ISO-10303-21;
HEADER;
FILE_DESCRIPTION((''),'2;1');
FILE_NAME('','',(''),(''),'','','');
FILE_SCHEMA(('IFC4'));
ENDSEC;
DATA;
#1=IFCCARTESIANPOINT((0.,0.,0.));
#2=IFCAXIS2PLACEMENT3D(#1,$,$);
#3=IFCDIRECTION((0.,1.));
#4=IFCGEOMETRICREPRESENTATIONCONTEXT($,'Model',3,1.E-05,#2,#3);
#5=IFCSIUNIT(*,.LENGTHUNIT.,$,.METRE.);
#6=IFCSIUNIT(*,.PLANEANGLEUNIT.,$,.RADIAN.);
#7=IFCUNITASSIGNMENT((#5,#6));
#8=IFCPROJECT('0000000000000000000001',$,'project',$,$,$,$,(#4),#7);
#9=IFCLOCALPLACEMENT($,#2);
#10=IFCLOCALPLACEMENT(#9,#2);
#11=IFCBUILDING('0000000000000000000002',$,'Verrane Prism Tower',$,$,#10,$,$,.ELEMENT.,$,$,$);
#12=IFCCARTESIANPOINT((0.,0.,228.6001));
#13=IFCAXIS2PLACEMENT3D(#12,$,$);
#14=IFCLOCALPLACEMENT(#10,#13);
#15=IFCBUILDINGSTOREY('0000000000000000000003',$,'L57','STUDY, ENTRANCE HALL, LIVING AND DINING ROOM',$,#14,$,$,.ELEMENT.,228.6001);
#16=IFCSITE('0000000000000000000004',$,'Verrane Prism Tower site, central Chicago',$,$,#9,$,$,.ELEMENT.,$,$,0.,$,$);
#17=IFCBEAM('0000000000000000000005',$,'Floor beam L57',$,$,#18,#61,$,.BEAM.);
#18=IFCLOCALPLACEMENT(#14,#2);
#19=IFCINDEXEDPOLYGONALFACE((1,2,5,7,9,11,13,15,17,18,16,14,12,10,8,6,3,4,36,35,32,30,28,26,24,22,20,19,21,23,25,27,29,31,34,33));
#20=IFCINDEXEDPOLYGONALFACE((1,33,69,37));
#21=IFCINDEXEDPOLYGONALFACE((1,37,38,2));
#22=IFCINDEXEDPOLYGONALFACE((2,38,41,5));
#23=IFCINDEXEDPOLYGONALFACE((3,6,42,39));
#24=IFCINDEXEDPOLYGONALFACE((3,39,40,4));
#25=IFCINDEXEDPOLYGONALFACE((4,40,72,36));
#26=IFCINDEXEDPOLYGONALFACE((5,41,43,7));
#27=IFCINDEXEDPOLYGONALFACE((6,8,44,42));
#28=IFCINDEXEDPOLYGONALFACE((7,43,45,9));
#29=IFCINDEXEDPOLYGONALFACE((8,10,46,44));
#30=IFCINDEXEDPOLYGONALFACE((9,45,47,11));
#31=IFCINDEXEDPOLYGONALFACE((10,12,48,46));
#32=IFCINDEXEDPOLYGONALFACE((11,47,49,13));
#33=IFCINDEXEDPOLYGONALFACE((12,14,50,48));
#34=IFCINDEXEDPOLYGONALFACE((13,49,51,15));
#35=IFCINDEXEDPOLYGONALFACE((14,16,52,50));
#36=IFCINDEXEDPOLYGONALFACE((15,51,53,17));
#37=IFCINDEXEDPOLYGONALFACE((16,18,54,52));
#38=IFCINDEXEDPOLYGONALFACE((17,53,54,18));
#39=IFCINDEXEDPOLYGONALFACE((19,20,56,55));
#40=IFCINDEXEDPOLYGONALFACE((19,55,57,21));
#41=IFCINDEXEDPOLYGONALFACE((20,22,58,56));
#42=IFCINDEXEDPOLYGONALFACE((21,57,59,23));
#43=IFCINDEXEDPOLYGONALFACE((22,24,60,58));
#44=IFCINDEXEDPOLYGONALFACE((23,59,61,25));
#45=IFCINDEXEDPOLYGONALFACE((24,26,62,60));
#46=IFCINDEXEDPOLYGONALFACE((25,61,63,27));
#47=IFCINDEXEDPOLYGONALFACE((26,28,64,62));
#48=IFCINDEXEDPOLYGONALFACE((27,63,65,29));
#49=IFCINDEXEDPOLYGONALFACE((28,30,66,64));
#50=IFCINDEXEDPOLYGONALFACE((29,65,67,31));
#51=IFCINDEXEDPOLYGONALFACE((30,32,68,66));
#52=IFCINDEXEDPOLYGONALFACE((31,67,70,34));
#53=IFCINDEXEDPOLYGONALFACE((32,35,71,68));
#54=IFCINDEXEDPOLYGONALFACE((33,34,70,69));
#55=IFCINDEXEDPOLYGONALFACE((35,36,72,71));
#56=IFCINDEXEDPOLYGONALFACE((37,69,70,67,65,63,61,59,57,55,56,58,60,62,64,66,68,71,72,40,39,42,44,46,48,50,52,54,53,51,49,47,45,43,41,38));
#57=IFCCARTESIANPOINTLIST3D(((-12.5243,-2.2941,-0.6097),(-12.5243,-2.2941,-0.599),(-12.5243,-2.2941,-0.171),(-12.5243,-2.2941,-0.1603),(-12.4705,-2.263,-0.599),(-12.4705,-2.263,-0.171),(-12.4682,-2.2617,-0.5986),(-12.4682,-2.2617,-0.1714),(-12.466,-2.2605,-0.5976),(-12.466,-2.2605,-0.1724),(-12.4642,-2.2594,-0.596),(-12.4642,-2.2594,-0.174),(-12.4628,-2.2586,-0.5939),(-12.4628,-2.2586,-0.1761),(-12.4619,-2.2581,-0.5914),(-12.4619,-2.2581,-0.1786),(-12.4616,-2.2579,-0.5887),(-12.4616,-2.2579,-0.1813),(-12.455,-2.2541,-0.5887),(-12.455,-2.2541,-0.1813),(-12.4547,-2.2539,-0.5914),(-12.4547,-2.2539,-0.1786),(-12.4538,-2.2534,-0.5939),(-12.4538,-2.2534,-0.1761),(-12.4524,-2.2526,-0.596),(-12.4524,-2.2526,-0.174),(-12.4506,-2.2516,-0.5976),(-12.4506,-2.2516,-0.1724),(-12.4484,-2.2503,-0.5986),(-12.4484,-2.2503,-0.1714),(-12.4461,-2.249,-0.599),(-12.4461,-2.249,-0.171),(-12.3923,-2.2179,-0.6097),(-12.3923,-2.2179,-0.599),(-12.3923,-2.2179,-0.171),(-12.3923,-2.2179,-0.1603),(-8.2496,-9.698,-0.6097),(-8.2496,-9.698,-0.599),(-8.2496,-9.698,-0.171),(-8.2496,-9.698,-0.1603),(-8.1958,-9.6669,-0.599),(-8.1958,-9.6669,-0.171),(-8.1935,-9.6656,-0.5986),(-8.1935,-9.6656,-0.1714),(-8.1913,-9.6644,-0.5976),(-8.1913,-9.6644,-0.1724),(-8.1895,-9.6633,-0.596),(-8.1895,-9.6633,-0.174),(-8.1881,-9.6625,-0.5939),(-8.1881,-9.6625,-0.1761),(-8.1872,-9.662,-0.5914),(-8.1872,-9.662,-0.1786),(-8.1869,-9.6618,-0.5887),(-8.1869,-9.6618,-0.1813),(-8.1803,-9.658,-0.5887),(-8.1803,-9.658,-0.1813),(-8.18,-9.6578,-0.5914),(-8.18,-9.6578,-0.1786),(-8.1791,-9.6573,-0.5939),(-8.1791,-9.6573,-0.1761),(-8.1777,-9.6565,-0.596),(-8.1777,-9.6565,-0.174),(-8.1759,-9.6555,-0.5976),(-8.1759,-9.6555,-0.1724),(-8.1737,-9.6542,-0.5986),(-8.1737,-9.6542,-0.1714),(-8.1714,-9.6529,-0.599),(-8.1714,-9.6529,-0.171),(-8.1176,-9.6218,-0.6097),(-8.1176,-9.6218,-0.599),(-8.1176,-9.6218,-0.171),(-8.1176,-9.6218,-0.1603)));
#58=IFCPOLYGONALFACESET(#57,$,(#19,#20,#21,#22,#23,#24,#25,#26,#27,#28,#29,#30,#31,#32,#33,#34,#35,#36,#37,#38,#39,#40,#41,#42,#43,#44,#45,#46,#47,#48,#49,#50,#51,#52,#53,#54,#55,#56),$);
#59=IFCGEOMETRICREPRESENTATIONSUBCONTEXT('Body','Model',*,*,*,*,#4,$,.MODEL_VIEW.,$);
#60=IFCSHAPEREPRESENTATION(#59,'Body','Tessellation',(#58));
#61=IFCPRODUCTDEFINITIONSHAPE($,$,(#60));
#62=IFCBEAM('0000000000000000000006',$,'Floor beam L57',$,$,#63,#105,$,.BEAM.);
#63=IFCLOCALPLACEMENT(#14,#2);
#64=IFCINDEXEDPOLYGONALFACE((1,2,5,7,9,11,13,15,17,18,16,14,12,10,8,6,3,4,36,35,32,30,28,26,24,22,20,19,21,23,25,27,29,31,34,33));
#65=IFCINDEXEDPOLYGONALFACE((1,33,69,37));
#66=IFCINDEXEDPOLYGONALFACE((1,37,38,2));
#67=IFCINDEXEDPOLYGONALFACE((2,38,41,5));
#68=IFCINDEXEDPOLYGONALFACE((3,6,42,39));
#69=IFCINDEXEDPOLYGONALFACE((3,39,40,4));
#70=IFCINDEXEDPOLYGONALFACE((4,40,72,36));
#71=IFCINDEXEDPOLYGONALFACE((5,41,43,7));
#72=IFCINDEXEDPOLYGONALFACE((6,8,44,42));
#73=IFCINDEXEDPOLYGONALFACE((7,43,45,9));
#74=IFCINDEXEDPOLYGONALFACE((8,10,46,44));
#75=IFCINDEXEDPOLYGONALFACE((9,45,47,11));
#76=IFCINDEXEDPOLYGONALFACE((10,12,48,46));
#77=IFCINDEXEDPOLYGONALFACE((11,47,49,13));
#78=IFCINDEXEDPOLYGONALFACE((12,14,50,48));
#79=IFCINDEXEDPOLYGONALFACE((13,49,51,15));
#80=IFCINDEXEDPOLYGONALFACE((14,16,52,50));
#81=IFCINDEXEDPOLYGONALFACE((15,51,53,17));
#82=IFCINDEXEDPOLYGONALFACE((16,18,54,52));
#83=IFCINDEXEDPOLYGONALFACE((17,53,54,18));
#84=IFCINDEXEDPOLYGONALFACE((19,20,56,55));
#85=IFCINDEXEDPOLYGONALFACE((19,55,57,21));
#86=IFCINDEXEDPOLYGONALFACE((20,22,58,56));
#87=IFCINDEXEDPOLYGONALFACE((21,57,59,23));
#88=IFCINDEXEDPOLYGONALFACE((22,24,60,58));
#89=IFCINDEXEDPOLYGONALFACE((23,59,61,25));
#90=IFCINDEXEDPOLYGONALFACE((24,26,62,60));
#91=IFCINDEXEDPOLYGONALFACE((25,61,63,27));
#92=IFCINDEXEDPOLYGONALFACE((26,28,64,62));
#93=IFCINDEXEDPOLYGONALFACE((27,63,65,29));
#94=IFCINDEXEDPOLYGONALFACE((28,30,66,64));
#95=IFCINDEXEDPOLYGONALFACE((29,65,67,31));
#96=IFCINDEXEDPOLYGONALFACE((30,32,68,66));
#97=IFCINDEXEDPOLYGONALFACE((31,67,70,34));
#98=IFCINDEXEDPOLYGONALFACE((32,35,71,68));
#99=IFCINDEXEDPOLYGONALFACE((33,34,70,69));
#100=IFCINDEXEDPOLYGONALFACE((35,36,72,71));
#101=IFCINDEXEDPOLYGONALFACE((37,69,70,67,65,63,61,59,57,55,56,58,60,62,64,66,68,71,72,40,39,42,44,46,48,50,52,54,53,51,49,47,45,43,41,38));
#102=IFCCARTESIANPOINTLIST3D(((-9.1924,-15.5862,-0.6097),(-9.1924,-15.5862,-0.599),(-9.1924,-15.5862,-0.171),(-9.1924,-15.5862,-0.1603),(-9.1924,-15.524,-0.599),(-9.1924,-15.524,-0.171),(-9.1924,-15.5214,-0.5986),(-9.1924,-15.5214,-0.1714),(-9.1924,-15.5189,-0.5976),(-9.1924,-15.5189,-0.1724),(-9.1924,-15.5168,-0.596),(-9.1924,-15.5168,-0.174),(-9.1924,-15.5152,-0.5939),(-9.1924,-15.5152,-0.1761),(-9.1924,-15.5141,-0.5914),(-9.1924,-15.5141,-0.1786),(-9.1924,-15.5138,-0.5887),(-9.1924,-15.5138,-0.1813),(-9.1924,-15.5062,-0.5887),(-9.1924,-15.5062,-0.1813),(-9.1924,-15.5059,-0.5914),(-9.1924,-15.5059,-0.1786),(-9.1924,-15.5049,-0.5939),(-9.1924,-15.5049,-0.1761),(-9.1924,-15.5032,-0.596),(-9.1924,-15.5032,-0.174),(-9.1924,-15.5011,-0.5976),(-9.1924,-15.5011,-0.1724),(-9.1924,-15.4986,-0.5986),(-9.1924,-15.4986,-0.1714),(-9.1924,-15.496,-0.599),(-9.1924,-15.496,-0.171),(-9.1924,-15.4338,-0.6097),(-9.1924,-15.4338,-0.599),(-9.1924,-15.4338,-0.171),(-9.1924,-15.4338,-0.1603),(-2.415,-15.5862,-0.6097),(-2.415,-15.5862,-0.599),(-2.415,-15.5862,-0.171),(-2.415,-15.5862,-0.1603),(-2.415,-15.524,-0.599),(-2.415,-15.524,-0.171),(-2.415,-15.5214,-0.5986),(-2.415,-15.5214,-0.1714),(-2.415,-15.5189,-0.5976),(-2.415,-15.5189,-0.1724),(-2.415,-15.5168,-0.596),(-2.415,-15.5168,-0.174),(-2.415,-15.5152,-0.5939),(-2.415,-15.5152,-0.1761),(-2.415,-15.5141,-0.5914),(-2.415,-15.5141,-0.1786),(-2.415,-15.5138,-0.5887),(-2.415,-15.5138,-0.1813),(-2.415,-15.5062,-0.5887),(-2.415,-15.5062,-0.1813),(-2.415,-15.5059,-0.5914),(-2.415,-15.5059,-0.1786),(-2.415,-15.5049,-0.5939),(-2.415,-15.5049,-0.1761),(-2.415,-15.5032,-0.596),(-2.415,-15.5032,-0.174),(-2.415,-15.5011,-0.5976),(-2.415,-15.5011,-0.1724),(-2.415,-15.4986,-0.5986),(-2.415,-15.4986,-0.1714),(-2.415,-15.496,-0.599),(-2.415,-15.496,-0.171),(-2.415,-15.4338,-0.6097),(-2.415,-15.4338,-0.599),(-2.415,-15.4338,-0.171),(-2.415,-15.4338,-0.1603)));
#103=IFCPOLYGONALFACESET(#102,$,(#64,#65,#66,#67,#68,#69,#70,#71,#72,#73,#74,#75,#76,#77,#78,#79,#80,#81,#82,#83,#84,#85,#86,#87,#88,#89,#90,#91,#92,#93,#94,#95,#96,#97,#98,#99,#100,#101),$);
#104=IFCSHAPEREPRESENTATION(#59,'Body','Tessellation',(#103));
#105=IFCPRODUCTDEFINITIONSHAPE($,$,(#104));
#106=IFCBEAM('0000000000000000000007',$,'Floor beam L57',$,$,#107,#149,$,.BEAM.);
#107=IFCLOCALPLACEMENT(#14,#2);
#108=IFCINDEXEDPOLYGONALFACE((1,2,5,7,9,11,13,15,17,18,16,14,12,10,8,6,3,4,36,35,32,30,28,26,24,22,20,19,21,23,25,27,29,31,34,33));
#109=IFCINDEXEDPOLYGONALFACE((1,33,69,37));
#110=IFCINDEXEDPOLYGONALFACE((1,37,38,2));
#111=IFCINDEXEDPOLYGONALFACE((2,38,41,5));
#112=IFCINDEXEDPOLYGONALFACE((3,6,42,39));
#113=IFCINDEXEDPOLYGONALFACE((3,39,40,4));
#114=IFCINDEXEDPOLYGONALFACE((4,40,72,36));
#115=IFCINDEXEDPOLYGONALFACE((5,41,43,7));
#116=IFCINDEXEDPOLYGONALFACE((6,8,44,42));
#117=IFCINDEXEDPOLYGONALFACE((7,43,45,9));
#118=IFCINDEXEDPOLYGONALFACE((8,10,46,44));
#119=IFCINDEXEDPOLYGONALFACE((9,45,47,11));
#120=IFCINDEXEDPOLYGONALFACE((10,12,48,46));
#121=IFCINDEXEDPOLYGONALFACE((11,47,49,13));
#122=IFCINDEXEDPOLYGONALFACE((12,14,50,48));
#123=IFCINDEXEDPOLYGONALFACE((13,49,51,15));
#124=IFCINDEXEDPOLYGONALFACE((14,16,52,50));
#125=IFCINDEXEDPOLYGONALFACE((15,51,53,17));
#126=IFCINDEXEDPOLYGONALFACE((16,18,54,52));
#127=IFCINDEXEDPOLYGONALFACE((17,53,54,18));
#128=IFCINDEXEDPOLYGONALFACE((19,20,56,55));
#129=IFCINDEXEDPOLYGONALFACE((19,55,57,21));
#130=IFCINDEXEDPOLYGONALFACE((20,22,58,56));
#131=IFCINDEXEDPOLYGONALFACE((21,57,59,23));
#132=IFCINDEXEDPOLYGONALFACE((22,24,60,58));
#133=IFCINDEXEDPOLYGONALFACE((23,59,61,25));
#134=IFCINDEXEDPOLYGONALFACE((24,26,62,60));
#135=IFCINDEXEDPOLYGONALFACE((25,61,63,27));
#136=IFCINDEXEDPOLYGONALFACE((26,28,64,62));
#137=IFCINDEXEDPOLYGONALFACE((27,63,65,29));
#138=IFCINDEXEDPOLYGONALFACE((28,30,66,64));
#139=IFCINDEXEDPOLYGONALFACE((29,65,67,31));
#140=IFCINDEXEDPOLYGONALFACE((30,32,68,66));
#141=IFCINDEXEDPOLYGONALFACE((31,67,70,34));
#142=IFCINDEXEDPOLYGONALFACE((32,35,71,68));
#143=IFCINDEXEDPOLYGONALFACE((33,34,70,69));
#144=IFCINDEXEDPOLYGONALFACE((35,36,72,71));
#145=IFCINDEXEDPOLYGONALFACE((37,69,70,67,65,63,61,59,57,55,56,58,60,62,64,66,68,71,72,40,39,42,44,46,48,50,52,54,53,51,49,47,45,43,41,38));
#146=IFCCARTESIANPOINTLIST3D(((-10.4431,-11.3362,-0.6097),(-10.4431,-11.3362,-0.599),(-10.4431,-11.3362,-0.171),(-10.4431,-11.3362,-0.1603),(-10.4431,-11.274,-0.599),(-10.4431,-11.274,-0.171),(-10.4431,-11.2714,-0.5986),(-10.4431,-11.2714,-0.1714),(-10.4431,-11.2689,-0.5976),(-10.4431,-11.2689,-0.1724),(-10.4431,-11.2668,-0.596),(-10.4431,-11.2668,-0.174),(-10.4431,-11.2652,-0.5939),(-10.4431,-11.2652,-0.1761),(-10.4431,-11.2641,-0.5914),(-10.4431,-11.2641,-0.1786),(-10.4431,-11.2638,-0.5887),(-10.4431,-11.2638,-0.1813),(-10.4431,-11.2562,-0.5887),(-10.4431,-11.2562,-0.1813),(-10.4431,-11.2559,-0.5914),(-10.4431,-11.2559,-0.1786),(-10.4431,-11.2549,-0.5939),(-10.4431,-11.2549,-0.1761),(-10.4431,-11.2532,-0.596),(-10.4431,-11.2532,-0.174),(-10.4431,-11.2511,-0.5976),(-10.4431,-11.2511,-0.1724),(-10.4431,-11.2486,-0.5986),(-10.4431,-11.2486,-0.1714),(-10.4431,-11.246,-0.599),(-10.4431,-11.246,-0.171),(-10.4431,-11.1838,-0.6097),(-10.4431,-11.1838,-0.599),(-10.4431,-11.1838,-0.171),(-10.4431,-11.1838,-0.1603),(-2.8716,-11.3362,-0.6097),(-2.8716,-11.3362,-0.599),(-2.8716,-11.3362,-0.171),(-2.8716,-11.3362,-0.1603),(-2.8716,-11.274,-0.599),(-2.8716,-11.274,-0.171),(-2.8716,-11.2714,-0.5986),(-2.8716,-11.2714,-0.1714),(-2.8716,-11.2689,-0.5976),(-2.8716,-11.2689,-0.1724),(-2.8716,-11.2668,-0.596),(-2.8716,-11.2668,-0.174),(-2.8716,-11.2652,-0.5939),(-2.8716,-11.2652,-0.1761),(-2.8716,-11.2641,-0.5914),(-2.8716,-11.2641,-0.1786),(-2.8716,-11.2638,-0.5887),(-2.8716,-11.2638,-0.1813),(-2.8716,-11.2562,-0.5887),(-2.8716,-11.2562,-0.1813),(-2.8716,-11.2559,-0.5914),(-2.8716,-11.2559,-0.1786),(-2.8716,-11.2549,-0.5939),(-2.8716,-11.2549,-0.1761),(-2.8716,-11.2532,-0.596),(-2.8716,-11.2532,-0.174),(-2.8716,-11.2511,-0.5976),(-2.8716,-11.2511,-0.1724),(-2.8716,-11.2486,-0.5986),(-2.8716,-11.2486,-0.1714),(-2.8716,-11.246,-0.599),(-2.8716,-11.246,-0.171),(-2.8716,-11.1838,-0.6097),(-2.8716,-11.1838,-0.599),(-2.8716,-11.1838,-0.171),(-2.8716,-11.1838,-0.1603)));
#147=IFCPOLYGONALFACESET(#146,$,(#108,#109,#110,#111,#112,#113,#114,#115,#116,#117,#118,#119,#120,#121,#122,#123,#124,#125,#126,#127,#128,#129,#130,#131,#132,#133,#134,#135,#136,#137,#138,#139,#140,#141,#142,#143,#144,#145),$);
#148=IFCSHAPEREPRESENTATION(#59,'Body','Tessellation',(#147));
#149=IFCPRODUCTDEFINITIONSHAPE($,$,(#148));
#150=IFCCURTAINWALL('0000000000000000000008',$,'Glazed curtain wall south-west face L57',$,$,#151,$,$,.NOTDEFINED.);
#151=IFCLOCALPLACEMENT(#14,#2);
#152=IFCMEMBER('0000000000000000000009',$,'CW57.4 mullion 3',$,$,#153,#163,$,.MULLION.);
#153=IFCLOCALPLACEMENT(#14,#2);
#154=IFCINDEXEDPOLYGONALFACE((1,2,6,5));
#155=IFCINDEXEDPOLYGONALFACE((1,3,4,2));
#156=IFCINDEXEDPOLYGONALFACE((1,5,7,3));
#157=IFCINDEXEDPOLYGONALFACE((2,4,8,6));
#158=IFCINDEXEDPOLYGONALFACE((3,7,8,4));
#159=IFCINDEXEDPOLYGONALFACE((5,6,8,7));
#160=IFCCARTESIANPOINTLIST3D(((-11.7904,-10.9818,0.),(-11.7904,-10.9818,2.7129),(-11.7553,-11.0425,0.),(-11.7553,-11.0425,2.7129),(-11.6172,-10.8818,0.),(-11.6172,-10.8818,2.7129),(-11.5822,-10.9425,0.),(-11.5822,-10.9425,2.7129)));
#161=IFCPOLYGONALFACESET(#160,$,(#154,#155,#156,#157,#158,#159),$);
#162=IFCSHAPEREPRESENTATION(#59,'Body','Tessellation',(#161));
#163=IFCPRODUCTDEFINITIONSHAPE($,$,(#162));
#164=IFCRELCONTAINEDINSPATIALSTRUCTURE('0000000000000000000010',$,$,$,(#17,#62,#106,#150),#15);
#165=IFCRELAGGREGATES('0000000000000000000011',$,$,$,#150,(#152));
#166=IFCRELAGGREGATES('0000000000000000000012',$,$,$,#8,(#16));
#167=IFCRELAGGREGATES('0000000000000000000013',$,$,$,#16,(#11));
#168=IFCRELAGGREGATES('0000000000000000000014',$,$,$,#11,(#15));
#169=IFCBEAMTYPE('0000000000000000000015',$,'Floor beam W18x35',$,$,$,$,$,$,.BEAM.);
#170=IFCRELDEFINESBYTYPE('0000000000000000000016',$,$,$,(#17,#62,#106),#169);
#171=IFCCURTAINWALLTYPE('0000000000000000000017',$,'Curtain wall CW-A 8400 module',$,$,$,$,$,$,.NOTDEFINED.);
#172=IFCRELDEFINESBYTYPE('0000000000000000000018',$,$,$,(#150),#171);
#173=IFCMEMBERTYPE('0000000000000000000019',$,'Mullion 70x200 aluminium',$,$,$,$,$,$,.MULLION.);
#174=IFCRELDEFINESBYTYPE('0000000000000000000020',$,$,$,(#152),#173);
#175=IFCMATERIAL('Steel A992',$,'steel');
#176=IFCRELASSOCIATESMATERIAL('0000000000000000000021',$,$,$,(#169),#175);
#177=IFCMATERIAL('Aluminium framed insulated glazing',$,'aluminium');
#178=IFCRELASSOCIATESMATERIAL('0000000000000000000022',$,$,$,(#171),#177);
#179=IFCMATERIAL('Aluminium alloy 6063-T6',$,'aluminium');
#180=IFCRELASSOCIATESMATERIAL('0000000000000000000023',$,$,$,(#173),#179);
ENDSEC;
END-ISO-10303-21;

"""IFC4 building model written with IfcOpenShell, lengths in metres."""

from ifc_helpers import new_model, si_unit, direction, frame, origin, origin_2d, place, context, subcontext, project, spatial, rectangle, i_section, extrude, material, material_profile, profile_set, type_object, element, aggregate, save


model = new_model("IFC4")

# Units and contexts
model_context = context("Model", 3, precision=1e-05, world=origin(), true_north=direction((0.0, 1.0)))
body_context = subcontext(model_context, "Body", "Model", "MODEL_VIEW")
ifc_project = project(units=[si_unit("LENGTHUNIT", "METRE"), si_unit("PLANEANGLEUNIT", "RADIAN")], contexts=[model_context])

# Site, building, storey
site_placement = place(None, origin())
site = spatial("IfcSite", under=ifc_project, at=site_placement, Name="Verrane Prism Tower site, central Chicago", CompositionType="ELEMENT", RefElevation=0.0)
building_placement = place(site_placement, origin())
building = spatial("IfcBuilding", under=site, at=building_placement, Name="Verrane Prism Tower", CompositionType="ELEMENT")
storey_placement = place(building_placement, frame((0.0, 0.0, 228.6001)))
storey = spatial("IfcBuildingStorey", under=building, at=storey_placement, Name="L57", Description="STUDY, ENTRANCE HALL, LIVING AND DINING ROOM", CompositionType="ELEMENT", Elevation=228.6001)

# Beams
ifc_material_1 = material(Name="Steel A992", Category="steel")
ifc_material_profile_1 = material_profile(ifc_material_1, i_section(OverallWidth=0.1523, OverallDepth=0.4495, WebThickness=0.0076, FlangeThickness=0.0107, FilletRadius=0.0103, at=origin_2d()), Name="W18x35")
ifc_profile_set_1 = profile_set([ifc_material_profile_1], Name="Steel A992")
beam_type_1 = type_object("IfcBeamType", Name="Floor beam W18x35", PredefinedType="BEAM", material=ifc_profile_set_1)
beam_1_placement = place(storey_placement, frame((-8.1836, -9.6599, -0.385), z_axis=(-0.500006, 0.866022, 0.0), x_axis=(-0.866022, -0.500006, 0.0)))
element("IfcBeam", 1, at=beam_1_placement, inside=storey, type_object=beam_type_1, Name="Floor beam L57", PredefinedType="BEAM", context=body_context, shape_type="SweptSolid", body=[
    extrude(i_section(OverallWidth=0.1523, OverallDepth=0.4495, WebThickness=0.0076, FlangeThickness=0.0107, FilletRadius=0.0103, at=origin_2d()), origin(), (0.0, 0.0, 1.0), 8.5493),
])
beam_2_placement = place(storey_placement, frame((-9.1924, -15.51, -0.385), z_axis=(1.0, 0.0, 0.0), x_axis=(0.0, 1.0, 0.0)))
element("IfcBeam", 2, at=beam_2_placement, inside=storey, type_object=beam_type_1, Name="Floor beam L57", PredefinedType="BEAM", context=body_context, shape_type="SweptSolid", body=[
    extrude(i_section(OverallWidth=0.1523, OverallDepth=0.4495, WebThickness=0.0076, FlangeThickness=0.0107, FilletRadius=0.0103, at=origin_2d()), origin(), (0.0, 0.0, 1.0), 6.7773),
])
beam_3_placement = place(storey_placement, frame((-10.4431, -11.26, -0.385), z_axis=(1.0, 0.0, 0.0), x_axis=(0.0, 1.0, 0.0)))
element("IfcBeam", 3, at=beam_3_placement, inside=storey, type_object=beam_type_1, Name="Floor beam L57", PredefinedType="BEAM", context=body_context, shape_type="SweptSolid", body=[
    extrude(i_section(OverallWidth=0.1523, OverallDepth=0.4495, WebThickness=0.0076, FlangeThickness=0.0107, FilletRadius=0.0103, at=origin_2d()), origin(), (0.0, 0.0, 1.0), 7.5715),
])

# Curtain wall, member
ifc_material_2 = material(Name="Aluminium framed insulated glazing", Category="aluminium")
curtain_wall_type = type_object("IfcCurtainWallType", Name="Curtain wall CW-A 8400 module", PredefinedType="NOTDEFINED", material=ifc_material_2)
curtain_wall_placement = place(storey_placement, origin())
curtain_wall = element("IfcCurtainWall", 4, at=curtain_wall_placement, inside=storey, type_object=curtain_wall_type, Name="Glazed curtain wall south-west face L57", PredefinedType="NOTDEFINED")
ifc_material_3 = material(Name="Aluminium alloy 6063-T6", Category="aluminium")
ifc_material_profile_2 = material_profile(ifc_material_3, rectangle(XDim=0.2, YDim=0.0701, at=origin_2d()), Name="Mullion 70x200 aluminium")
ifc_profile_set_2 = profile_set([ifc_material_profile_2], Name="Aluminium alloy 6063-T6")
member_type_1 = type_object("IfcMemberType", Name="Mullion 70x200 aluminium", PredefinedType="MULLION", material=ifc_profile_set_2)
member_1_placement = place(storey_placement, frame((-11.6863, -10.9622, 0.0), z_axis=(0.0, 0.0, 1.0), x_axis=(0.866025, 0.5, 0.0)))
member_1 = element("IfcMember", 5, at=member_1_placement, type_object=member_type_1, Name="CW57.4 mullion 3", PredefinedType="MULLION", context=body_context, shape_type="SweptSolid", body=[
    extrude(rectangle(XDim=0.2, YDim=0.0701, at=origin_2d()), origin(), (0.0, 0.0, 1.0), 2.7129),
])

aggregate(curtain_wall, [member_1])

save(model, "model.ifc")
